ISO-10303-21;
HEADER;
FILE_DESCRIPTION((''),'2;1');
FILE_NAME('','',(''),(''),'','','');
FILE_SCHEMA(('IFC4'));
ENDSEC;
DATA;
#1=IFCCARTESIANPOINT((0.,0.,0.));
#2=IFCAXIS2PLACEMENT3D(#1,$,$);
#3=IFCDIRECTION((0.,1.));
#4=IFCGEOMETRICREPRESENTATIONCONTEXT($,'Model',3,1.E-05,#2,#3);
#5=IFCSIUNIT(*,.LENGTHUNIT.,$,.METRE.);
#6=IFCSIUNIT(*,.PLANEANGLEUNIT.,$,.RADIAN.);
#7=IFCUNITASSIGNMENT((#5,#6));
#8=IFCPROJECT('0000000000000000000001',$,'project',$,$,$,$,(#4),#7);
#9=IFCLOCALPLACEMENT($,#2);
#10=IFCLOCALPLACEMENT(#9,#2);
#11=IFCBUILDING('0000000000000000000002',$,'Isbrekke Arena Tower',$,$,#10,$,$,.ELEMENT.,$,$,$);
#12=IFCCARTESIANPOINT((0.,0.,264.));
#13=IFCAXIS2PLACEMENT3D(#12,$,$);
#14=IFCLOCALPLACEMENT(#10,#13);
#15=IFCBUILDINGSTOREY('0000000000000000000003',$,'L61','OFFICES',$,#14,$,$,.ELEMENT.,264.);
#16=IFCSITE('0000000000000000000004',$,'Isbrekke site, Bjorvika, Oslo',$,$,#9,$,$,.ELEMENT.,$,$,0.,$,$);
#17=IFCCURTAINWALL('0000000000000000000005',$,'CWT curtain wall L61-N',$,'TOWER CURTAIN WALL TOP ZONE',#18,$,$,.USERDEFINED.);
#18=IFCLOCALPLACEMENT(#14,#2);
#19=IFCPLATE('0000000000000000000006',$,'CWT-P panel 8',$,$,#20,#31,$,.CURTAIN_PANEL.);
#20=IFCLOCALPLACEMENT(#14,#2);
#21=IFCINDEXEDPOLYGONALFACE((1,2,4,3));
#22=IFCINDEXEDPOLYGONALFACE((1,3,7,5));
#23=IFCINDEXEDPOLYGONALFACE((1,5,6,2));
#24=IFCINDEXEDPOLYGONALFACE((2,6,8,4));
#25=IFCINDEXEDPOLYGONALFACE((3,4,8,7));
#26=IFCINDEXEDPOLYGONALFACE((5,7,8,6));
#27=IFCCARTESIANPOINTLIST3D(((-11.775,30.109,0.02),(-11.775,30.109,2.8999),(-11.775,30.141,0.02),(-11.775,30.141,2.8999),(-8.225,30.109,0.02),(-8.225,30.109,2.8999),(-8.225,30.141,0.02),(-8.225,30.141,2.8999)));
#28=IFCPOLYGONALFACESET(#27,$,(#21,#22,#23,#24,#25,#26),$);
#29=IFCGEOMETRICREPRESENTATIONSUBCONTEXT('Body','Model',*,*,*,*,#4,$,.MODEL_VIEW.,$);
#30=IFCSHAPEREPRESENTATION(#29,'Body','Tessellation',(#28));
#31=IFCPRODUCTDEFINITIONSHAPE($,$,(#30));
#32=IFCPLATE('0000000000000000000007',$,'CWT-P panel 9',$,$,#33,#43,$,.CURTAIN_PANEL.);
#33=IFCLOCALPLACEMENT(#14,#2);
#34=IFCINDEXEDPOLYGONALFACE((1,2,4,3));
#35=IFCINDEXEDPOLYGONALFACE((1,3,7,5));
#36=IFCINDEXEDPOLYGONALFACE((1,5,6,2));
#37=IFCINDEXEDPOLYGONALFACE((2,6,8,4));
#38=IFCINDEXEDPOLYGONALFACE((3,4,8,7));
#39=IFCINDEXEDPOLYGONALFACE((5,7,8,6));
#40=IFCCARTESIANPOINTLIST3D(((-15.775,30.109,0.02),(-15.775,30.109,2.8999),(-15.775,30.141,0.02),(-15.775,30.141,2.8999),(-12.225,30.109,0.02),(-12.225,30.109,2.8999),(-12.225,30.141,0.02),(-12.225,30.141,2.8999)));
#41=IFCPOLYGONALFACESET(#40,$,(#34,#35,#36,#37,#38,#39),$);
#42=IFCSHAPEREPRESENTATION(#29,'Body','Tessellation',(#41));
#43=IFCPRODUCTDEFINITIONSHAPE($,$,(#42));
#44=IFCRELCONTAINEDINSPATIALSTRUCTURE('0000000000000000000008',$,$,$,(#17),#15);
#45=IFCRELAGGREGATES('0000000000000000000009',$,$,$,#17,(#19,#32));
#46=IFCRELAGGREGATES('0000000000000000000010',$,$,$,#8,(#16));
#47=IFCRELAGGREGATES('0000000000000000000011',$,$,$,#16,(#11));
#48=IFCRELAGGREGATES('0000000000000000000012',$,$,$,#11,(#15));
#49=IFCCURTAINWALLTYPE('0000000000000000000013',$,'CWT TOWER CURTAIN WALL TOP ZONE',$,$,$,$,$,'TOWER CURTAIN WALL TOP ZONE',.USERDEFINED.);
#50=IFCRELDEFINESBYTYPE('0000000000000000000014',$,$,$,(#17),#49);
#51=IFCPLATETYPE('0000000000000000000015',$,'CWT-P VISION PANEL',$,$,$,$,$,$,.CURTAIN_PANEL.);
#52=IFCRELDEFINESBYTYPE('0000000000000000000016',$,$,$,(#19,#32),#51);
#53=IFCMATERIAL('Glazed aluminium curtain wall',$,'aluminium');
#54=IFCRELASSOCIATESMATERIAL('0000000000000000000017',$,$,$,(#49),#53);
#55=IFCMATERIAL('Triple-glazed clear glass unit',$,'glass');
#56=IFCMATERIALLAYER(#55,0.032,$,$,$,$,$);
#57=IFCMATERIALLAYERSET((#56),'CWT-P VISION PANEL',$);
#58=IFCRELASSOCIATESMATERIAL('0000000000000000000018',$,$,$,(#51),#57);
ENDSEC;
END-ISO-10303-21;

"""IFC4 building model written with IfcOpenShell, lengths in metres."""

from ifc_helpers import new_model, si_unit, direction, frame, origin, origin_2d, place, context, subcontext, project, spatial, rectangle, extrude, material, layer, layer_set, type_object, element, aggregate, save


model = new_model("IFC4")

# Units and contexts
model_context = context("Model", 3, precision=1e-05, world=origin(), true_north=direction((0.0, 1.0)))
body_context = subcontext(model_context, "Body", "Model", "MODEL_VIEW")
ifc_project = project(units=[si_unit("LENGTHUNIT", "METRE"), si_unit("PLANEANGLEUNIT", "RADIAN")], contexts=[model_context])

# Site, building, storey
site_placement = place(None, origin())
site = spatial("IfcSite", under=ifc_project, at=site_placement, Name="Isbrekke site, Bjorvika, Oslo", CompositionType="ELEMENT", RefElevation=0.0)
building_placement = place(site_placement, origin())
building = spatial("IfcBuilding", under=site, at=building_placement, Name="Isbrekke Arena Tower", CompositionType="ELEMENT")
storey_placement = place(building_placement, frame((0.0, 0.0, 264.0)))
storey = spatial("IfcBuildingStorey", under=building, at=storey_placement, Name="L61", Description="OFFICES", CompositionType="ELEMENT", Elevation=264.0)

# Curtain wall
ifc_material_1 = material(Name="Glazed aluminium curtain wall", Category="aluminium")
curtain_wall_type = type_object("IfcCurtainWallType", Name="CWT TOWER CURTAIN WALL TOP ZONE", ElementType="TOWER CURTAIN WALL TOP ZONE", PredefinedType="USERDEFINED", material=ifc_material_1)
curtain_wall_placement = place(storey_placement, origin())
curtain_wall = element("IfcCurtainWall", 1, at=curtain_wall_placement, inside=storey, type_object=curtain_wall_type, Name="CWT curtain wall L61-N", ObjectType="TOWER CURTAIN WALL TOP ZONE", PredefinedType="USERDEFINED")

# Plates
ifc_material_2 = material(Name="Triple-glazed clear glass unit", Category="glass")
ifc_layer = layer(ifc_material_2, 0.032)
ifc_layer_set = layer_set([ifc_layer], Name="CWT-P VISION PANEL")
plate_type = type_object("IfcPlateType", Name="CWT-P VISION PANEL", PredefinedType="CURTAIN_PANEL", material=ifc_layer_set)
plate_1_placement = place(storey_placement, frame((-10.0, 30.125, 0.02), z_axis=(0.0, 0.0, 1.0), x_axis=(-1.0, 0.0, 0.0)))
plate_1 = element("IfcPlate", 2, at=plate_1_placement, type_object=plate_type, Name="CWT-P panel 8", PredefinedType="CURTAIN_PANEL", context=body_context, shape_type="SweptSolid", body=[
    extrude(rectangle(XDim=3.55, YDim=0.032, at=origin_2d()), origin(), (0.0, 0.0, 1.0), 2.8799),
])
plate_2_placement = place(storey_placement, frame((-14.0, 30.125, 0.02), z_axis=(0.0, 0.0, 1.0), x_axis=(-1.0, 0.0, 0.0)))
plate_2 = element("IfcPlate", 3, at=plate_2_placement, type_object=plate_type, Name="CWT-P panel 9", PredefinedType="CURTAIN_PANEL", context=body_context, shape_type="SweptSolid", body=[
    extrude(rectangle(XDim=3.55, YDim=0.032, at=origin_2d()), origin(), (0.0, 0.0, 1.0), 2.8799),
])
aggregate(curtain_wall, [plate_1, plate_2])

save(model, "model.ifc")
